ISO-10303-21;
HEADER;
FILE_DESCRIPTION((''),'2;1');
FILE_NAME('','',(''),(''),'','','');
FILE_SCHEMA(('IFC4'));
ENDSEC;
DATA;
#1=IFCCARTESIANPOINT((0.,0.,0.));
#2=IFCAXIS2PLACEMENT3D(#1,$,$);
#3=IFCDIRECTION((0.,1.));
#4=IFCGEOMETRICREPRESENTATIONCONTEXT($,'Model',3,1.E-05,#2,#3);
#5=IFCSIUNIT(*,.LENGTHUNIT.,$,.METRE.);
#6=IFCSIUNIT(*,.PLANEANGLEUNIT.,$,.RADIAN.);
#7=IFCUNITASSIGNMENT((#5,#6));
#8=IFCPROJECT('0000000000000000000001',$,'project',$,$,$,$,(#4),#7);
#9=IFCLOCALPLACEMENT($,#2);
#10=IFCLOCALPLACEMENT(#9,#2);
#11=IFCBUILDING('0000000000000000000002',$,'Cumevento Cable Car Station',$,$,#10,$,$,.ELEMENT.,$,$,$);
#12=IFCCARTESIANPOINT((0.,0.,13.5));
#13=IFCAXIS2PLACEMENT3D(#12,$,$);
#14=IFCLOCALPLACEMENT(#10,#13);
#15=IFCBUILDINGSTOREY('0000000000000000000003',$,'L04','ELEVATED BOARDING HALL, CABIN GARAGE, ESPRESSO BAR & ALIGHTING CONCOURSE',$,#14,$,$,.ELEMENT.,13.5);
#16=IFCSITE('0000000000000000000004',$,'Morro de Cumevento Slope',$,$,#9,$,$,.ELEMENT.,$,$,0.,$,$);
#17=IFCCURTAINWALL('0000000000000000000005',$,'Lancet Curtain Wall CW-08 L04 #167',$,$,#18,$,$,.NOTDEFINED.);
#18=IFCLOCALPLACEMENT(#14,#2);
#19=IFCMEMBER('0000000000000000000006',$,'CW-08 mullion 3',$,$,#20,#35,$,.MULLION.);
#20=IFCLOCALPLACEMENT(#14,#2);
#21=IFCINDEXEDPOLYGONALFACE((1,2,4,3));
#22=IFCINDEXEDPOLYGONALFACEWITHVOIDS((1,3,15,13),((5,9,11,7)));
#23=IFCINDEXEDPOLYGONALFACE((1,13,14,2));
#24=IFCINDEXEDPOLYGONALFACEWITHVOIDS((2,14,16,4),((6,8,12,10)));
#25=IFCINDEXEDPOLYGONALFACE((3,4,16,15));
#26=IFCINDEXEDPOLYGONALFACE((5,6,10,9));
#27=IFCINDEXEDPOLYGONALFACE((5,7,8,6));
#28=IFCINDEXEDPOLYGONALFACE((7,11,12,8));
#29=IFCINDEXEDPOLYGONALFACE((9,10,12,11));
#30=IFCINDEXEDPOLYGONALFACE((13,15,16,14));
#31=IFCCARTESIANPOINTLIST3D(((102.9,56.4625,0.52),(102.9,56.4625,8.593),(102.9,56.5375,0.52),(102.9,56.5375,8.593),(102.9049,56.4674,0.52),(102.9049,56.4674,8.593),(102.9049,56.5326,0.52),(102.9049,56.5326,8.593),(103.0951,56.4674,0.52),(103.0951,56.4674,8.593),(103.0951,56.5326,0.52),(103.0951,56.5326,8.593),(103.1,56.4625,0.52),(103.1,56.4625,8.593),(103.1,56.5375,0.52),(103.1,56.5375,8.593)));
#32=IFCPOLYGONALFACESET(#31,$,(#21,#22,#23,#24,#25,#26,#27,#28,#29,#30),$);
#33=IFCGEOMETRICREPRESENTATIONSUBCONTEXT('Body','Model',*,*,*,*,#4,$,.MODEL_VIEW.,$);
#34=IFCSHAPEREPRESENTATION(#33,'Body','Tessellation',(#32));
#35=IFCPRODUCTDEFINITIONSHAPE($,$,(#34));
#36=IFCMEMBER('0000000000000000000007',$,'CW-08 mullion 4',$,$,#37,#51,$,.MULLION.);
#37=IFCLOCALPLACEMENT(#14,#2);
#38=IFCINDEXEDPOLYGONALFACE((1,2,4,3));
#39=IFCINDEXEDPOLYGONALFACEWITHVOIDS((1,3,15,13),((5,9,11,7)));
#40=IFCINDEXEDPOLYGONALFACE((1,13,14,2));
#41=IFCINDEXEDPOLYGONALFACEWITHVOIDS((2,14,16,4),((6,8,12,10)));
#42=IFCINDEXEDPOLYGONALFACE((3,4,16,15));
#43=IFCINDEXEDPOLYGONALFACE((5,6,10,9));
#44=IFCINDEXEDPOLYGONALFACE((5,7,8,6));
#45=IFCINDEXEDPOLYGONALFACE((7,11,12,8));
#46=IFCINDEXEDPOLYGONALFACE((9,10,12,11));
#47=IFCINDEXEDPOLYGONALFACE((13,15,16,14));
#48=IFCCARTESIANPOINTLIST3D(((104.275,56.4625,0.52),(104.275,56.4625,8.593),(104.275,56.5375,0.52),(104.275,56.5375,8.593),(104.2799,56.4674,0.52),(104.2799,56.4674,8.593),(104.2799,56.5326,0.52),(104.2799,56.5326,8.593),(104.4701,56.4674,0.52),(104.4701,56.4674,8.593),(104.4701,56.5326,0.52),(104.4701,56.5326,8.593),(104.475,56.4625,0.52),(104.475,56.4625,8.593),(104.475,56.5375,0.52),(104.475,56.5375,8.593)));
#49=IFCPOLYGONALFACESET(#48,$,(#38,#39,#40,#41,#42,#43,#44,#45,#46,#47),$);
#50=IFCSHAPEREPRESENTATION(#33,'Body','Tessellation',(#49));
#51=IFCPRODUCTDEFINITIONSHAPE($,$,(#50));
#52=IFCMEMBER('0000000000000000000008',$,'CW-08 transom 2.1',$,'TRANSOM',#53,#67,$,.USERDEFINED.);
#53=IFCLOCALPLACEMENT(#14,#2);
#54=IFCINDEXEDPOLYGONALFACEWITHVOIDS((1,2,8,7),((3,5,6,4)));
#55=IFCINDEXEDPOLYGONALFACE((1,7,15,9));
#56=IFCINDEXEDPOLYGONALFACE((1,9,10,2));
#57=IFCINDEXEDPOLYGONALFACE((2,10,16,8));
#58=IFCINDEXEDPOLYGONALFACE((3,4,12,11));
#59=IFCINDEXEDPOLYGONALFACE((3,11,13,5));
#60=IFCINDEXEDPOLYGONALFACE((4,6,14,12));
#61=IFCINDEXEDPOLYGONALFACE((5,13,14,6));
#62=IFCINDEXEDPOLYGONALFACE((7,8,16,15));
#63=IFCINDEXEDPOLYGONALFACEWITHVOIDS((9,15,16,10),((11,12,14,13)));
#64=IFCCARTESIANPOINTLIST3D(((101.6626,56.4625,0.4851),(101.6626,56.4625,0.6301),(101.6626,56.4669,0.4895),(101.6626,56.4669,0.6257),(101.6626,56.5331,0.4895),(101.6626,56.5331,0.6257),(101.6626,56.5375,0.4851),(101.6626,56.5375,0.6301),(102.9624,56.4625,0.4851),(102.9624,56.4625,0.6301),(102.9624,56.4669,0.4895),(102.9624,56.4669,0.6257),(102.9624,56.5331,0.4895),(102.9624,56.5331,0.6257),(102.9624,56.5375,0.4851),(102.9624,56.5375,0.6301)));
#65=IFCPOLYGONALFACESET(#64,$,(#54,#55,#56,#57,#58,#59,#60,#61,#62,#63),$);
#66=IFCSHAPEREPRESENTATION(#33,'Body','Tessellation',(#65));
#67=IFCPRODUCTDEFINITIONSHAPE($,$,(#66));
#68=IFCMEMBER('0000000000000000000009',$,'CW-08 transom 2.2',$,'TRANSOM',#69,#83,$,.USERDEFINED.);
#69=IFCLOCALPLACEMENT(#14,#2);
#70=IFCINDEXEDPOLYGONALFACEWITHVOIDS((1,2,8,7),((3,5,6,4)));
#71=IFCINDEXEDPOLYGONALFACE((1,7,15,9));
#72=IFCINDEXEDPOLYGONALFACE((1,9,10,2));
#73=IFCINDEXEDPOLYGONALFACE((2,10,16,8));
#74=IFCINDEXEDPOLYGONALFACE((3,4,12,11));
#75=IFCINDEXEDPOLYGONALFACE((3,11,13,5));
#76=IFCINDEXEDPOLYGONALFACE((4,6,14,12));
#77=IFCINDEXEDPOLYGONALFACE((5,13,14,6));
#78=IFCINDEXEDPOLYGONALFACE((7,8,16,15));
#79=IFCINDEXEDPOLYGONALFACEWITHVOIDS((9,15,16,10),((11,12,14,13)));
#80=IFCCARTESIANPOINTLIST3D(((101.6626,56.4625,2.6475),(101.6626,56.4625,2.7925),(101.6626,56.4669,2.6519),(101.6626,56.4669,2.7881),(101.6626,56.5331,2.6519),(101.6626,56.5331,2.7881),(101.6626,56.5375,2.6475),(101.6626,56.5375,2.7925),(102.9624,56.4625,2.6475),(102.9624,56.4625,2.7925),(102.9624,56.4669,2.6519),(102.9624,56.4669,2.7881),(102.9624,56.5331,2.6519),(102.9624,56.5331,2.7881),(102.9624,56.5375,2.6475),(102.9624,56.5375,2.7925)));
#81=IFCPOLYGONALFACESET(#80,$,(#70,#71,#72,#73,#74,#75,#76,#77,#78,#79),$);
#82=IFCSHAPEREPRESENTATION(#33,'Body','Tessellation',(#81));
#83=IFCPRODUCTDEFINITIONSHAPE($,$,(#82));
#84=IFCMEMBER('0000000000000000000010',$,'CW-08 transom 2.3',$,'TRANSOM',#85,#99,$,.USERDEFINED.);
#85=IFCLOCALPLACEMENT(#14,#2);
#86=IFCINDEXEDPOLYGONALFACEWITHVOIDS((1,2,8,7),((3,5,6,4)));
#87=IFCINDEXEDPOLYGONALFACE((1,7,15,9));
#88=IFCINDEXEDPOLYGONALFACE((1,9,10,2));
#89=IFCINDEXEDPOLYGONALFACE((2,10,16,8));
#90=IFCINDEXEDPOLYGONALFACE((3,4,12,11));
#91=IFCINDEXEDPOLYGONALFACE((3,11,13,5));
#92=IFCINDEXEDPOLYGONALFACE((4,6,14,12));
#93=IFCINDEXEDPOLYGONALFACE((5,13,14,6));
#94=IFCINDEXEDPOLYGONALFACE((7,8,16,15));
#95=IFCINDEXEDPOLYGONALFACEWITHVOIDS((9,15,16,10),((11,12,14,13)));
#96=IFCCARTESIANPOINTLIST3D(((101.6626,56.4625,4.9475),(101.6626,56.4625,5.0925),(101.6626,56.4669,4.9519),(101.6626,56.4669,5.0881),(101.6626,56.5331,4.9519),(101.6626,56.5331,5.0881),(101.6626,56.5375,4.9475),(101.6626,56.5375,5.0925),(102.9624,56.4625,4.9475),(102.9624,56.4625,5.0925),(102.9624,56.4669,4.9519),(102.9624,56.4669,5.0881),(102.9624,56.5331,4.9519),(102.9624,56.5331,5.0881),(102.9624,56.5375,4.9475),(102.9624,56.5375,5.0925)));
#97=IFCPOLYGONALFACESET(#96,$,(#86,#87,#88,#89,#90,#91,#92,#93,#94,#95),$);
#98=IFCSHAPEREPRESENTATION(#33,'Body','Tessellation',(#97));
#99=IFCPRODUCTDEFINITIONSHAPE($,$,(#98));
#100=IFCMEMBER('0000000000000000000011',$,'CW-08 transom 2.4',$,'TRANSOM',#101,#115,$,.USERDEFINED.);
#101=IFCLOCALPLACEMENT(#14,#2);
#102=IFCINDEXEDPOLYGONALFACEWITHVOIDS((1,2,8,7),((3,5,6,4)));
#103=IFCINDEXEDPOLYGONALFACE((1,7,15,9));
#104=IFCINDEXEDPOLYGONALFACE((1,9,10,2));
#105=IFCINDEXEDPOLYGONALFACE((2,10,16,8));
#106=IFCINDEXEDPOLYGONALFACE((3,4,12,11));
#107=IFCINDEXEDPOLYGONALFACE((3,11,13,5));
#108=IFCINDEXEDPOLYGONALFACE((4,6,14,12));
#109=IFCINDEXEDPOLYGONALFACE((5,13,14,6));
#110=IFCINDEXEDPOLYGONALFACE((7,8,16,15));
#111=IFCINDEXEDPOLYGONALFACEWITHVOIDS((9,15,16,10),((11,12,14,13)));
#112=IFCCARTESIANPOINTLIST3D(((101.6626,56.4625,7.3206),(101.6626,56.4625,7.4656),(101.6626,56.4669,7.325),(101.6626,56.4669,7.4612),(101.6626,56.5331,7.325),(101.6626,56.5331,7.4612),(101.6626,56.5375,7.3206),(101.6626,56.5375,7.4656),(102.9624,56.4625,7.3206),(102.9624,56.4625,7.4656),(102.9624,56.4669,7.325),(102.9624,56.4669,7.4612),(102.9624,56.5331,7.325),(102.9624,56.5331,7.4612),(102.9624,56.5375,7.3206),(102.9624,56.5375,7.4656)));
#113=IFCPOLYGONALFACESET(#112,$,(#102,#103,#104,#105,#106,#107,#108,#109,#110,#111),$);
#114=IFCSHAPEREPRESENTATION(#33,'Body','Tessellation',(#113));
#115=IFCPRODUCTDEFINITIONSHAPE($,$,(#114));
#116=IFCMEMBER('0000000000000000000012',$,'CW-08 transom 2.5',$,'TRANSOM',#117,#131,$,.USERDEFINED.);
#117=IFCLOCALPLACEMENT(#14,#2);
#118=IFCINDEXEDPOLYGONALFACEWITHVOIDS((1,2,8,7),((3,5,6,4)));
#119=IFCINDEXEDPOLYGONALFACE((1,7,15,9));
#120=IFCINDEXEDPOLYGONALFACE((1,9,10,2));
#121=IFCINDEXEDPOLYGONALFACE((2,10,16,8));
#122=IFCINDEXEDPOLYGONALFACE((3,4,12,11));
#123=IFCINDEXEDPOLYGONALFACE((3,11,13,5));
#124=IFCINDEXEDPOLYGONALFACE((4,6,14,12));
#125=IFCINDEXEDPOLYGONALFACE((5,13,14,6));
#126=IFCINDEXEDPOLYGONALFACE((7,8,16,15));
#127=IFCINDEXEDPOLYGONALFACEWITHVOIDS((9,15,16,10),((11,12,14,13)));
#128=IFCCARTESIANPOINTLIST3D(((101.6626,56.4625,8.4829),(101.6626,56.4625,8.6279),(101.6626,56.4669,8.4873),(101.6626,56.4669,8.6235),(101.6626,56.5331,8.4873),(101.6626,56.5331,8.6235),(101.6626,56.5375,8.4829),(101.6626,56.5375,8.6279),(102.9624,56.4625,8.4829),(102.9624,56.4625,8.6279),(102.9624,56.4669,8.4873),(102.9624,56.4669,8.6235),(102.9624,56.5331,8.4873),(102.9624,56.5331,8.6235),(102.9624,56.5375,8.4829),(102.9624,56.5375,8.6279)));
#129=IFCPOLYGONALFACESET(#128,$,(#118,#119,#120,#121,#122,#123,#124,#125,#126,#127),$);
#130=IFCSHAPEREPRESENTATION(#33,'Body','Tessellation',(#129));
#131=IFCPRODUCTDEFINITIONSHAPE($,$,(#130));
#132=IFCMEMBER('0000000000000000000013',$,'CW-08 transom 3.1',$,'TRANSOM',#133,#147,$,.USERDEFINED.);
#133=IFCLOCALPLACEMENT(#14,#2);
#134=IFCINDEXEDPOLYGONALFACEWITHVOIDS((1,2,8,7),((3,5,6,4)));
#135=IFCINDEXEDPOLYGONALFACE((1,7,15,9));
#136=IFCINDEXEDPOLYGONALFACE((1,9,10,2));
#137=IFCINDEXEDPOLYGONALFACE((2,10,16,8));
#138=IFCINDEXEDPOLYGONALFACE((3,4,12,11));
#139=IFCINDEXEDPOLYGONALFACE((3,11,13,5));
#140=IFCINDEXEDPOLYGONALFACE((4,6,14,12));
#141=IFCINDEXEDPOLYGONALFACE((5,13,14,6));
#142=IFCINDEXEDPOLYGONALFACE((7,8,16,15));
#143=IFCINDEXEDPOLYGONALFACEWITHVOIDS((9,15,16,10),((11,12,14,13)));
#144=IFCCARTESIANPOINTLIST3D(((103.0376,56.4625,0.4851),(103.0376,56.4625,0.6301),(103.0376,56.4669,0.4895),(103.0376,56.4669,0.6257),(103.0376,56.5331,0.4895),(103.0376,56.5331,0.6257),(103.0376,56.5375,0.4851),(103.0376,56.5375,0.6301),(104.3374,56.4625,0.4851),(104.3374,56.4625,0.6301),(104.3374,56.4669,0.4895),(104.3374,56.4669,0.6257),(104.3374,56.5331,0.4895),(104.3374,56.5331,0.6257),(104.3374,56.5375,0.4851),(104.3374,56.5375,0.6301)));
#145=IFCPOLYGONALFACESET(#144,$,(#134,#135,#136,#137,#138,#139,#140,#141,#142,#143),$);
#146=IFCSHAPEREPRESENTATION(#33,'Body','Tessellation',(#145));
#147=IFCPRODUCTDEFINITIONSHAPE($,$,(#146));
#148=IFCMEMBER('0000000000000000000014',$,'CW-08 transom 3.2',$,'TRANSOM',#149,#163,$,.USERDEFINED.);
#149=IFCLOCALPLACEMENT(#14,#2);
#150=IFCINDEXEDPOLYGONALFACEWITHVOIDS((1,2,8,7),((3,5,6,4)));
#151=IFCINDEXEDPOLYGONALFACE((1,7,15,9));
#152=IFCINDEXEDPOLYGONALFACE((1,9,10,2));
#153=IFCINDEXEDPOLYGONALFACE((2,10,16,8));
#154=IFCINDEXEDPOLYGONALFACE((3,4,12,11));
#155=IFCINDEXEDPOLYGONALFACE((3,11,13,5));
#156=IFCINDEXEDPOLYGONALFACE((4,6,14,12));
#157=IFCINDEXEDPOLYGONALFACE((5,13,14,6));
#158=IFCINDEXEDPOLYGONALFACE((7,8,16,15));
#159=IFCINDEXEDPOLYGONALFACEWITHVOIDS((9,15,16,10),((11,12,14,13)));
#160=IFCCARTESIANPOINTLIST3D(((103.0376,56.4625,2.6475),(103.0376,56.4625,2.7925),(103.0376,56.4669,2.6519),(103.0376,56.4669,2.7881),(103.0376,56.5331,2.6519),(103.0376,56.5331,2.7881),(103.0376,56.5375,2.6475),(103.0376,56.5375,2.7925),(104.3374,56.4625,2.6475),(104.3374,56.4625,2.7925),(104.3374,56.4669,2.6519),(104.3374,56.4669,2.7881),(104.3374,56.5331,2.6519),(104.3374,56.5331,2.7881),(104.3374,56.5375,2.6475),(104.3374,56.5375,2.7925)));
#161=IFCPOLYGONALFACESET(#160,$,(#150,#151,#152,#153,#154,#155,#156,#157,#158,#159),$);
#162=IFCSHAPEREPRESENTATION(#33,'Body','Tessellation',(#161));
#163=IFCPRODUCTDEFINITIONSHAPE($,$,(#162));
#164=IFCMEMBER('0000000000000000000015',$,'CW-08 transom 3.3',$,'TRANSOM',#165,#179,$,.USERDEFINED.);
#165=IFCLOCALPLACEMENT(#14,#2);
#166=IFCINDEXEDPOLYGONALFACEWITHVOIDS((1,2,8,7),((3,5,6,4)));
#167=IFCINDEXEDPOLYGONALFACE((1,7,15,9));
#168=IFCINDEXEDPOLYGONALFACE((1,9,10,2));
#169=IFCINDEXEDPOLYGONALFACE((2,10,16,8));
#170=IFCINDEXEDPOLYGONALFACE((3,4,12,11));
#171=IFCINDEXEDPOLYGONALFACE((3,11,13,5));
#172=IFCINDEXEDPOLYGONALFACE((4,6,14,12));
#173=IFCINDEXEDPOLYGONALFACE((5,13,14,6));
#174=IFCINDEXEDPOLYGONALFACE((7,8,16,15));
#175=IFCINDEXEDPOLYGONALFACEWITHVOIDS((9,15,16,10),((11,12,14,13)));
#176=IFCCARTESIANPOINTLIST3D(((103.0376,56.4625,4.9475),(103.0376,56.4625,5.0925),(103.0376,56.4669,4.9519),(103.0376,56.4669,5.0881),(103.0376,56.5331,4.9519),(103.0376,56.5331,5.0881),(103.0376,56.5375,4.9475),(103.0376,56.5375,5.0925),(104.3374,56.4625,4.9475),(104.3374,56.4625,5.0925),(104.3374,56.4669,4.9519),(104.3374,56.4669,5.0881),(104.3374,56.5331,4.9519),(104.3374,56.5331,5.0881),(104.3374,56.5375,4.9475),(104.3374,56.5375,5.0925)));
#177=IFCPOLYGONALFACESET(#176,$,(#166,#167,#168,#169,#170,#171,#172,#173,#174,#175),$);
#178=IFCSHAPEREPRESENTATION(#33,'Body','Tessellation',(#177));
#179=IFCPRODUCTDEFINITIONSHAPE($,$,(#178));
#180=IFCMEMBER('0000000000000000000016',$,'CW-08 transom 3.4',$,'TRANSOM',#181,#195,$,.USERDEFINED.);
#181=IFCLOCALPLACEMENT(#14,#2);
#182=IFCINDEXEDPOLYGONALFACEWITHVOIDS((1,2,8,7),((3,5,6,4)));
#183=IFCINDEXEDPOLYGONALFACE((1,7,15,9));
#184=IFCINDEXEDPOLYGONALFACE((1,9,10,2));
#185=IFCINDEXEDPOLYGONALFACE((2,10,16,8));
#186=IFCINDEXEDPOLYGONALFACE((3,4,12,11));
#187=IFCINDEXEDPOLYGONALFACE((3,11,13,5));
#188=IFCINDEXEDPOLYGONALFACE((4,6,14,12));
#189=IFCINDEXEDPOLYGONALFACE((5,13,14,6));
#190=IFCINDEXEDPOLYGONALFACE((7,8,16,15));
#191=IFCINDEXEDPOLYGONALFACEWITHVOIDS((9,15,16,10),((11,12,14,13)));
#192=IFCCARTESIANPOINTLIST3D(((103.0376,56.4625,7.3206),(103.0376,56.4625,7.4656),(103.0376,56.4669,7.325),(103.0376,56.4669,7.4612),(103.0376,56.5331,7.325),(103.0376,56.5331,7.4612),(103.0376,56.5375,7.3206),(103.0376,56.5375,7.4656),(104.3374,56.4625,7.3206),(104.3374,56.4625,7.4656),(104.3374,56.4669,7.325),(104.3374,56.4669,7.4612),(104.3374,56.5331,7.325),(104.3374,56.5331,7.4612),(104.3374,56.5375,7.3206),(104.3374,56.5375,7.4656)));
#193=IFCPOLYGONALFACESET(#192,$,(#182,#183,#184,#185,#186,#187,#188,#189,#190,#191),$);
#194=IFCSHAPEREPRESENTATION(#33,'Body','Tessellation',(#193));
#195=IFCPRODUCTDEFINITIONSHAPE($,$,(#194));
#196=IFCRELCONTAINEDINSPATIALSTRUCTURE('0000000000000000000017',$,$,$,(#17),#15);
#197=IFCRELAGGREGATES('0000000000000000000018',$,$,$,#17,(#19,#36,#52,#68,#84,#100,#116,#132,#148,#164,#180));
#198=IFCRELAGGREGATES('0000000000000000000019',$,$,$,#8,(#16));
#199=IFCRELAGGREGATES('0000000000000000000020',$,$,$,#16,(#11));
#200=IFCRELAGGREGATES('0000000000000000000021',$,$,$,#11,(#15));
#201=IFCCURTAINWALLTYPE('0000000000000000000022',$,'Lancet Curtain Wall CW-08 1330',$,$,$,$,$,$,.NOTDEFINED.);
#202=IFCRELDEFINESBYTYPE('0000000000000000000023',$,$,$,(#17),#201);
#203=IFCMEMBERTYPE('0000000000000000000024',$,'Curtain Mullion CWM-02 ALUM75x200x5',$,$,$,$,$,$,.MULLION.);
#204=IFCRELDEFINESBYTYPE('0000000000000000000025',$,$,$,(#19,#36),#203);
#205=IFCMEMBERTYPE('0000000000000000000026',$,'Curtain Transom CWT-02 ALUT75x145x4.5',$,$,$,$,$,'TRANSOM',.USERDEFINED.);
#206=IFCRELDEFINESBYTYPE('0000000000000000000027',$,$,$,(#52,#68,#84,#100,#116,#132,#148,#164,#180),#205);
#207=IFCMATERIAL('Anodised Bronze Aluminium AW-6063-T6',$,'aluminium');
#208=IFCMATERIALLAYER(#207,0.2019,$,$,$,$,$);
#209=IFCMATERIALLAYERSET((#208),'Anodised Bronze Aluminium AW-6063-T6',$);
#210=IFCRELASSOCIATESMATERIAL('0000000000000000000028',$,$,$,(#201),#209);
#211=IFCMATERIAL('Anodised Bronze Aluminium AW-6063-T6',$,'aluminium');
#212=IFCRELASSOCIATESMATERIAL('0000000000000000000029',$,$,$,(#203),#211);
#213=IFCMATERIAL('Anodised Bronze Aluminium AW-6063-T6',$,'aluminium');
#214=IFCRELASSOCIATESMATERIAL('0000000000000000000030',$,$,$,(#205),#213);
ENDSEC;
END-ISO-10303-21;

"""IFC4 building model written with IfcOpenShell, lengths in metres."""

from ifc_helpers import new_model, si_unit, direction, frame, origin, origin_2d, place, context, subcontext, project, spatial, hollow_rectangle, extrude, material, layer, layer_set, material_profile, profile_set, type_object, element, aggregate, save


model = new_model("IFC4")

# Units and contexts
model_context = context("Model", 3, precision=1e-05, world=origin(), true_north=direction((0.0, 1.0)))
body_context = subcontext(model_context, "Body", "Model", "MODEL_VIEW")
ifc_project = project(units=[si_unit("LENGTHUNIT", "METRE"), si_unit("PLANEANGLEUNIT", "RADIAN")], contexts=[model_context])

# Site, building, storey
site_placement = place(None, origin())
site = spatial("IfcSite", under=ifc_project, at=site_placement, Name="Morro de Cumevento Slope", CompositionType="ELEMENT", RefElevation=0.0)
building_placement = place(site_placement, origin())
building = spatial("IfcBuilding", under=site, at=building_placement, Name="Cumevento Cable Car Station", CompositionType="ELEMENT")
storey_placement = place(building_placement, frame((0.0, 0.0, 13.5)))
storey = spatial("IfcBuildingStorey", under=building, at=storey_placement, Name="L04", Description="ELEVATED BOARDING HALL, CABIN GARAGE, ESPRESSO BAR & ALIGHTING CONCOURSE", CompositionType="ELEMENT", Elevation=13.5)

# Curtain wall, members
ifc_material_1 = material(Name="Anodised Bronze Aluminium AW-6063-T6", Category="aluminium")
ifc_layer_1 = layer(ifc_material_1, 0.2019)
ifc_layer_set_1 = layer_set([ifc_layer_1], Name="Anodised Bronze Aluminium AW-6063-T6")
curtain_wall_type = type_object("IfcCurtainWallType", Name="Lancet Curtain Wall CW-08 1330", PredefinedType="NOTDEFINED", material=ifc_layer_set_1)
curtain_wall_placement = place(storey_placement, origin())
curtain_wall = element("IfcCurtainWall", 1, at=curtain_wall_placement, inside=storey, type_object=curtain_wall_type, Name="Lancet Curtain Wall CW-08 L04 #167", PredefinedType="NOTDEFINED")
ifc_material_2 = material(Name="Anodised Bronze Aluminium AW-6063-T6", Category="aluminium")
ifc_material_profile_1 = material_profile(ifc_material_2, hollow_rectangle(XDim=0.075, YDim=0.2, WallThickness=0.0049, at=origin_2d()), Name="ALUM75x200x5")
ifc_profile_set_1 = profile_set([ifc_material_profile_1], Name="Anodised Bronze Aluminium AW-6063-T6")
member_type_1 = type_object("IfcMemberType", Name="Curtain Mullion CWM-02 ALUM75x200x5", PredefinedType="MULLION", material=ifc_profile_set_1)
member_1_placement = place(storey_placement, frame((103.0, 56.5, 0.52), z_axis=(0.0, 0.0, 1.0), x_axis=(0.0, 1.0, 0.0)))
member_1 = element("IfcMember", 2, at=member_1_placement, type_object=member_type_1, Name="CW-08 mullion 3", PredefinedType="MULLION", context=body_context, shape_type="SweptSolid", body=[
    extrude(hollow_rectangle(XDim=0.075, YDim=0.2, WallThickness=0.0049, at=origin_2d()), origin(), (0.0, 0.0, 1.0), 8.073),
])
member_2_placement = place(storey_placement, frame((104.375, 56.5, 0.52), z_axis=(0.0, 0.0, 1.0), x_axis=(0.0, 1.0, 0.0)))
member_2 = element("IfcMember", 3, at=member_2_placement, type_object=member_type_1, Name="CW-08 mullion 4", PredefinedType="MULLION", context=body_context, shape_type="SweptSolid", body=[
    extrude(hollow_rectangle(XDim=0.075, YDim=0.2, WallThickness=0.0049, at=origin_2d()), origin(), (0.0, 0.0, 1.0), 8.073),
])
ifc_material_3 = material(Name="Anodised Bronze Aluminium AW-6063-T6", Category="aluminium")
ifc_material_profile_2 = material_profile(ifc_material_3, hollow_rectangle(XDim=0.075, YDim=0.145, WallThickness=0.0044, at=origin_2d()), Name="ALUT75x145x4.5")
ifc_profile_set_2 = profile_set([ifc_material_profile_2], Name="Anodised Bronze Aluminium AW-6063-T6")
member_type_2 = type_object("IfcMemberType", Name="Curtain Transom CWT-02 ALUT75x145x4.5", ElementType="TRANSOM", PredefinedType="USERDEFINED", material=ifc_profile_set_2)
member_3_placement = place(storey_placement, frame((101.6626, 56.5, 0.5576), z_axis=(1.0, 0.0, 0.0), x_axis=(0.0, 1.0, 0.0)))
member_3 = element("IfcMember", 4, at=member_3_placement, type_object=member_type_2, Name="CW-08 transom 2.1", ObjectType="TRANSOM", PredefinedType="USERDEFINED", context=body_context, shape_type="SweptSolid", body=[
    extrude(hollow_rectangle(XDim=0.075, YDim=0.145, WallThickness=0.0044, at=origin_2d()), origin(), (0.0, 0.0, 1.0), 1.2998),
])
member_4_placement = place(storey_placement, frame((101.6626, 56.5, 2.72), z_axis=(1.0, 0.0, 0.0), x_axis=(0.0, 1.0, 0.0)))
member_4 = element("IfcMember", 5, at=member_4_placement, type_object=member_type_2, Name="CW-08 transom 2.2", ObjectType="TRANSOM", PredefinedType="USERDEFINED", context=body_context, shape_type="SweptSolid", body=[
    extrude(hollow_rectangle(XDim=0.075, YDim=0.145, WallThickness=0.0044, at=origin_2d()), origin(), (0.0, 0.0, 1.0), 1.2998),
])
member_5_placement = place(storey_placement, frame((101.6626, 56.5, 5.02), z_axis=(1.0, 0.0, 0.0), x_axis=(0.0, 1.0, 0.0)))
member_5 = element("IfcMember", 6, at=member_5_placement, type_object=member_type_2, Name="CW-08 transom 2.3", ObjectType="TRANSOM", PredefinedType="USERDEFINED", context=body_context, shape_type="SweptSolid", body=[
    extrude(hollow_rectangle(XDim=0.075, YDim=0.145, WallThickness=0.0044, at=origin_2d()), origin(), (0.0, 0.0, 1.0), 1.2998),
])
member_6_placement = place(storey_placement, frame((101.6626, 56.5, 7.3931), z_axis=(1.0, 0.0, 0.0), x_axis=(0.0, 1.0, 0.0)))
member_6 = element("IfcMember", 7, at=member_6_placement, type_object=member_type_2, Name="CW-08 transom 2.4", ObjectType="TRANSOM", PredefinedType="USERDEFINED", context=body_context, shape_type="SweptSolid", body=[
    extrude(hollow_rectangle(XDim=0.075, YDim=0.145, WallThickness=0.0044, at=origin_2d()), origin(), (0.0, 0.0, 1.0), 1.2998),
])
member_7_placement = place(storey_placement, frame((101.6626, 56.5, 8.5554), z_axis=(1.0, 0.0, 0.0), x_axis=(0.0, 1.0, 0.0)))
member_7 = element("IfcMember", 8, at=member_7_placement, type_object=member_type_2, Name="CW-08 transom 2.5", ObjectType="TRANSOM", PredefinedType="USERDEFINED", context=body_context, shape_type="SweptSolid", body=[
    extrude(hollow_rectangle(XDim=0.075, YDim=0.145, WallThickness=0.0044, at=origin_2d()), origin(), (0.0, 0.0, 1.0), 1.2998),
])
member_8_placement = place(storey_placement, frame((103.0376, 56.5, 0.5576), z_axis=(1.0, 0.0, 0.0), x_axis=(0.0, 1.0, 0.0)))
member_8 = element("IfcMember", 9, at=member_8_placement, type_object=member_type_2, Name="CW-08 transom 3.1", ObjectType="TRANSOM", PredefinedType="USERDEFINED", context=body_context, shape_type="SweptSolid", body=[
    extrude(hollow_rectangle(XDim=0.075, YDim=0.145, WallThickness=0.0044, at=origin_2d()), origin(), (0.0, 0.0, 1.0), 1.2998),
])
member_9_placement = place(storey_placement, frame((103.0376, 56.5, 2.72), z_axis=(1.0, 0.0, 0.0), x_axis=(0.0, 1.0, 0.0)))
member_9 = element("IfcMember", 10, at=member_9_placement, type_object=member_type_2, Name="CW-08 transom 3.2", ObjectType="TRANSOM", PredefinedType="USERDEFINED", context=body_context, shape_type="SweptSolid", body=[
    extrude(hollow_rectangle(XDim=0.075, YDim=0.145, WallThickness=0.0044, at=origin_2d()), origin(), (0.0, 0.0, 1.0), 1.2998),
])
member_10_placement = place(storey_placement, frame((103.0376, 56.5, 5.02), z_axis=(1.0, 0.0, 0.0), x_axis=(0.0, 1.0, 0.0)))
member_10 = element("IfcMember", 11, at=member_10_placement, type_object=member_type_2, Name="CW-08 transom 3.3", ObjectType="TRANSOM", PredefinedType="USERDEFINED", context=body_context, shape_type="SweptSolid", body=[
    extrude(hollow_rectangle(XDim=0.075, YDim=0.145, WallThickness=0.0044, at=origin_2d()), origin(), (0.0, 0.0, 1.0), 1.2998),
])
member_11_placement = place(storey_placement, frame((103.0376, 56.5, 7.3931), z_axis=(1.0, 0.0, 0.0), x_axis=(0.0, 1.0, 0.0)))
member_11 = element("IfcMember", 12, at=member_11_placement, type_object=member_type_2, Name="CW-08 transom 3.4", ObjectType="TRANSOM", PredefinedType="USERDEFINED", context=body_context, shape_type="SweptSolid", body=[
    extrude(hollow_rectangle(XDim=0.075, YDim=0.145, WallThickness=0.0044, at=origin_2d()), origin(), (0.0, 0.0, 1.0), 1.2998),
])
aggregate(curtain_wall, [member_1, member_2, member_3, member_4, member_5, member_6, member_7, member_8, member_9, member_10, member_11])

save(model, "model.ifc")
